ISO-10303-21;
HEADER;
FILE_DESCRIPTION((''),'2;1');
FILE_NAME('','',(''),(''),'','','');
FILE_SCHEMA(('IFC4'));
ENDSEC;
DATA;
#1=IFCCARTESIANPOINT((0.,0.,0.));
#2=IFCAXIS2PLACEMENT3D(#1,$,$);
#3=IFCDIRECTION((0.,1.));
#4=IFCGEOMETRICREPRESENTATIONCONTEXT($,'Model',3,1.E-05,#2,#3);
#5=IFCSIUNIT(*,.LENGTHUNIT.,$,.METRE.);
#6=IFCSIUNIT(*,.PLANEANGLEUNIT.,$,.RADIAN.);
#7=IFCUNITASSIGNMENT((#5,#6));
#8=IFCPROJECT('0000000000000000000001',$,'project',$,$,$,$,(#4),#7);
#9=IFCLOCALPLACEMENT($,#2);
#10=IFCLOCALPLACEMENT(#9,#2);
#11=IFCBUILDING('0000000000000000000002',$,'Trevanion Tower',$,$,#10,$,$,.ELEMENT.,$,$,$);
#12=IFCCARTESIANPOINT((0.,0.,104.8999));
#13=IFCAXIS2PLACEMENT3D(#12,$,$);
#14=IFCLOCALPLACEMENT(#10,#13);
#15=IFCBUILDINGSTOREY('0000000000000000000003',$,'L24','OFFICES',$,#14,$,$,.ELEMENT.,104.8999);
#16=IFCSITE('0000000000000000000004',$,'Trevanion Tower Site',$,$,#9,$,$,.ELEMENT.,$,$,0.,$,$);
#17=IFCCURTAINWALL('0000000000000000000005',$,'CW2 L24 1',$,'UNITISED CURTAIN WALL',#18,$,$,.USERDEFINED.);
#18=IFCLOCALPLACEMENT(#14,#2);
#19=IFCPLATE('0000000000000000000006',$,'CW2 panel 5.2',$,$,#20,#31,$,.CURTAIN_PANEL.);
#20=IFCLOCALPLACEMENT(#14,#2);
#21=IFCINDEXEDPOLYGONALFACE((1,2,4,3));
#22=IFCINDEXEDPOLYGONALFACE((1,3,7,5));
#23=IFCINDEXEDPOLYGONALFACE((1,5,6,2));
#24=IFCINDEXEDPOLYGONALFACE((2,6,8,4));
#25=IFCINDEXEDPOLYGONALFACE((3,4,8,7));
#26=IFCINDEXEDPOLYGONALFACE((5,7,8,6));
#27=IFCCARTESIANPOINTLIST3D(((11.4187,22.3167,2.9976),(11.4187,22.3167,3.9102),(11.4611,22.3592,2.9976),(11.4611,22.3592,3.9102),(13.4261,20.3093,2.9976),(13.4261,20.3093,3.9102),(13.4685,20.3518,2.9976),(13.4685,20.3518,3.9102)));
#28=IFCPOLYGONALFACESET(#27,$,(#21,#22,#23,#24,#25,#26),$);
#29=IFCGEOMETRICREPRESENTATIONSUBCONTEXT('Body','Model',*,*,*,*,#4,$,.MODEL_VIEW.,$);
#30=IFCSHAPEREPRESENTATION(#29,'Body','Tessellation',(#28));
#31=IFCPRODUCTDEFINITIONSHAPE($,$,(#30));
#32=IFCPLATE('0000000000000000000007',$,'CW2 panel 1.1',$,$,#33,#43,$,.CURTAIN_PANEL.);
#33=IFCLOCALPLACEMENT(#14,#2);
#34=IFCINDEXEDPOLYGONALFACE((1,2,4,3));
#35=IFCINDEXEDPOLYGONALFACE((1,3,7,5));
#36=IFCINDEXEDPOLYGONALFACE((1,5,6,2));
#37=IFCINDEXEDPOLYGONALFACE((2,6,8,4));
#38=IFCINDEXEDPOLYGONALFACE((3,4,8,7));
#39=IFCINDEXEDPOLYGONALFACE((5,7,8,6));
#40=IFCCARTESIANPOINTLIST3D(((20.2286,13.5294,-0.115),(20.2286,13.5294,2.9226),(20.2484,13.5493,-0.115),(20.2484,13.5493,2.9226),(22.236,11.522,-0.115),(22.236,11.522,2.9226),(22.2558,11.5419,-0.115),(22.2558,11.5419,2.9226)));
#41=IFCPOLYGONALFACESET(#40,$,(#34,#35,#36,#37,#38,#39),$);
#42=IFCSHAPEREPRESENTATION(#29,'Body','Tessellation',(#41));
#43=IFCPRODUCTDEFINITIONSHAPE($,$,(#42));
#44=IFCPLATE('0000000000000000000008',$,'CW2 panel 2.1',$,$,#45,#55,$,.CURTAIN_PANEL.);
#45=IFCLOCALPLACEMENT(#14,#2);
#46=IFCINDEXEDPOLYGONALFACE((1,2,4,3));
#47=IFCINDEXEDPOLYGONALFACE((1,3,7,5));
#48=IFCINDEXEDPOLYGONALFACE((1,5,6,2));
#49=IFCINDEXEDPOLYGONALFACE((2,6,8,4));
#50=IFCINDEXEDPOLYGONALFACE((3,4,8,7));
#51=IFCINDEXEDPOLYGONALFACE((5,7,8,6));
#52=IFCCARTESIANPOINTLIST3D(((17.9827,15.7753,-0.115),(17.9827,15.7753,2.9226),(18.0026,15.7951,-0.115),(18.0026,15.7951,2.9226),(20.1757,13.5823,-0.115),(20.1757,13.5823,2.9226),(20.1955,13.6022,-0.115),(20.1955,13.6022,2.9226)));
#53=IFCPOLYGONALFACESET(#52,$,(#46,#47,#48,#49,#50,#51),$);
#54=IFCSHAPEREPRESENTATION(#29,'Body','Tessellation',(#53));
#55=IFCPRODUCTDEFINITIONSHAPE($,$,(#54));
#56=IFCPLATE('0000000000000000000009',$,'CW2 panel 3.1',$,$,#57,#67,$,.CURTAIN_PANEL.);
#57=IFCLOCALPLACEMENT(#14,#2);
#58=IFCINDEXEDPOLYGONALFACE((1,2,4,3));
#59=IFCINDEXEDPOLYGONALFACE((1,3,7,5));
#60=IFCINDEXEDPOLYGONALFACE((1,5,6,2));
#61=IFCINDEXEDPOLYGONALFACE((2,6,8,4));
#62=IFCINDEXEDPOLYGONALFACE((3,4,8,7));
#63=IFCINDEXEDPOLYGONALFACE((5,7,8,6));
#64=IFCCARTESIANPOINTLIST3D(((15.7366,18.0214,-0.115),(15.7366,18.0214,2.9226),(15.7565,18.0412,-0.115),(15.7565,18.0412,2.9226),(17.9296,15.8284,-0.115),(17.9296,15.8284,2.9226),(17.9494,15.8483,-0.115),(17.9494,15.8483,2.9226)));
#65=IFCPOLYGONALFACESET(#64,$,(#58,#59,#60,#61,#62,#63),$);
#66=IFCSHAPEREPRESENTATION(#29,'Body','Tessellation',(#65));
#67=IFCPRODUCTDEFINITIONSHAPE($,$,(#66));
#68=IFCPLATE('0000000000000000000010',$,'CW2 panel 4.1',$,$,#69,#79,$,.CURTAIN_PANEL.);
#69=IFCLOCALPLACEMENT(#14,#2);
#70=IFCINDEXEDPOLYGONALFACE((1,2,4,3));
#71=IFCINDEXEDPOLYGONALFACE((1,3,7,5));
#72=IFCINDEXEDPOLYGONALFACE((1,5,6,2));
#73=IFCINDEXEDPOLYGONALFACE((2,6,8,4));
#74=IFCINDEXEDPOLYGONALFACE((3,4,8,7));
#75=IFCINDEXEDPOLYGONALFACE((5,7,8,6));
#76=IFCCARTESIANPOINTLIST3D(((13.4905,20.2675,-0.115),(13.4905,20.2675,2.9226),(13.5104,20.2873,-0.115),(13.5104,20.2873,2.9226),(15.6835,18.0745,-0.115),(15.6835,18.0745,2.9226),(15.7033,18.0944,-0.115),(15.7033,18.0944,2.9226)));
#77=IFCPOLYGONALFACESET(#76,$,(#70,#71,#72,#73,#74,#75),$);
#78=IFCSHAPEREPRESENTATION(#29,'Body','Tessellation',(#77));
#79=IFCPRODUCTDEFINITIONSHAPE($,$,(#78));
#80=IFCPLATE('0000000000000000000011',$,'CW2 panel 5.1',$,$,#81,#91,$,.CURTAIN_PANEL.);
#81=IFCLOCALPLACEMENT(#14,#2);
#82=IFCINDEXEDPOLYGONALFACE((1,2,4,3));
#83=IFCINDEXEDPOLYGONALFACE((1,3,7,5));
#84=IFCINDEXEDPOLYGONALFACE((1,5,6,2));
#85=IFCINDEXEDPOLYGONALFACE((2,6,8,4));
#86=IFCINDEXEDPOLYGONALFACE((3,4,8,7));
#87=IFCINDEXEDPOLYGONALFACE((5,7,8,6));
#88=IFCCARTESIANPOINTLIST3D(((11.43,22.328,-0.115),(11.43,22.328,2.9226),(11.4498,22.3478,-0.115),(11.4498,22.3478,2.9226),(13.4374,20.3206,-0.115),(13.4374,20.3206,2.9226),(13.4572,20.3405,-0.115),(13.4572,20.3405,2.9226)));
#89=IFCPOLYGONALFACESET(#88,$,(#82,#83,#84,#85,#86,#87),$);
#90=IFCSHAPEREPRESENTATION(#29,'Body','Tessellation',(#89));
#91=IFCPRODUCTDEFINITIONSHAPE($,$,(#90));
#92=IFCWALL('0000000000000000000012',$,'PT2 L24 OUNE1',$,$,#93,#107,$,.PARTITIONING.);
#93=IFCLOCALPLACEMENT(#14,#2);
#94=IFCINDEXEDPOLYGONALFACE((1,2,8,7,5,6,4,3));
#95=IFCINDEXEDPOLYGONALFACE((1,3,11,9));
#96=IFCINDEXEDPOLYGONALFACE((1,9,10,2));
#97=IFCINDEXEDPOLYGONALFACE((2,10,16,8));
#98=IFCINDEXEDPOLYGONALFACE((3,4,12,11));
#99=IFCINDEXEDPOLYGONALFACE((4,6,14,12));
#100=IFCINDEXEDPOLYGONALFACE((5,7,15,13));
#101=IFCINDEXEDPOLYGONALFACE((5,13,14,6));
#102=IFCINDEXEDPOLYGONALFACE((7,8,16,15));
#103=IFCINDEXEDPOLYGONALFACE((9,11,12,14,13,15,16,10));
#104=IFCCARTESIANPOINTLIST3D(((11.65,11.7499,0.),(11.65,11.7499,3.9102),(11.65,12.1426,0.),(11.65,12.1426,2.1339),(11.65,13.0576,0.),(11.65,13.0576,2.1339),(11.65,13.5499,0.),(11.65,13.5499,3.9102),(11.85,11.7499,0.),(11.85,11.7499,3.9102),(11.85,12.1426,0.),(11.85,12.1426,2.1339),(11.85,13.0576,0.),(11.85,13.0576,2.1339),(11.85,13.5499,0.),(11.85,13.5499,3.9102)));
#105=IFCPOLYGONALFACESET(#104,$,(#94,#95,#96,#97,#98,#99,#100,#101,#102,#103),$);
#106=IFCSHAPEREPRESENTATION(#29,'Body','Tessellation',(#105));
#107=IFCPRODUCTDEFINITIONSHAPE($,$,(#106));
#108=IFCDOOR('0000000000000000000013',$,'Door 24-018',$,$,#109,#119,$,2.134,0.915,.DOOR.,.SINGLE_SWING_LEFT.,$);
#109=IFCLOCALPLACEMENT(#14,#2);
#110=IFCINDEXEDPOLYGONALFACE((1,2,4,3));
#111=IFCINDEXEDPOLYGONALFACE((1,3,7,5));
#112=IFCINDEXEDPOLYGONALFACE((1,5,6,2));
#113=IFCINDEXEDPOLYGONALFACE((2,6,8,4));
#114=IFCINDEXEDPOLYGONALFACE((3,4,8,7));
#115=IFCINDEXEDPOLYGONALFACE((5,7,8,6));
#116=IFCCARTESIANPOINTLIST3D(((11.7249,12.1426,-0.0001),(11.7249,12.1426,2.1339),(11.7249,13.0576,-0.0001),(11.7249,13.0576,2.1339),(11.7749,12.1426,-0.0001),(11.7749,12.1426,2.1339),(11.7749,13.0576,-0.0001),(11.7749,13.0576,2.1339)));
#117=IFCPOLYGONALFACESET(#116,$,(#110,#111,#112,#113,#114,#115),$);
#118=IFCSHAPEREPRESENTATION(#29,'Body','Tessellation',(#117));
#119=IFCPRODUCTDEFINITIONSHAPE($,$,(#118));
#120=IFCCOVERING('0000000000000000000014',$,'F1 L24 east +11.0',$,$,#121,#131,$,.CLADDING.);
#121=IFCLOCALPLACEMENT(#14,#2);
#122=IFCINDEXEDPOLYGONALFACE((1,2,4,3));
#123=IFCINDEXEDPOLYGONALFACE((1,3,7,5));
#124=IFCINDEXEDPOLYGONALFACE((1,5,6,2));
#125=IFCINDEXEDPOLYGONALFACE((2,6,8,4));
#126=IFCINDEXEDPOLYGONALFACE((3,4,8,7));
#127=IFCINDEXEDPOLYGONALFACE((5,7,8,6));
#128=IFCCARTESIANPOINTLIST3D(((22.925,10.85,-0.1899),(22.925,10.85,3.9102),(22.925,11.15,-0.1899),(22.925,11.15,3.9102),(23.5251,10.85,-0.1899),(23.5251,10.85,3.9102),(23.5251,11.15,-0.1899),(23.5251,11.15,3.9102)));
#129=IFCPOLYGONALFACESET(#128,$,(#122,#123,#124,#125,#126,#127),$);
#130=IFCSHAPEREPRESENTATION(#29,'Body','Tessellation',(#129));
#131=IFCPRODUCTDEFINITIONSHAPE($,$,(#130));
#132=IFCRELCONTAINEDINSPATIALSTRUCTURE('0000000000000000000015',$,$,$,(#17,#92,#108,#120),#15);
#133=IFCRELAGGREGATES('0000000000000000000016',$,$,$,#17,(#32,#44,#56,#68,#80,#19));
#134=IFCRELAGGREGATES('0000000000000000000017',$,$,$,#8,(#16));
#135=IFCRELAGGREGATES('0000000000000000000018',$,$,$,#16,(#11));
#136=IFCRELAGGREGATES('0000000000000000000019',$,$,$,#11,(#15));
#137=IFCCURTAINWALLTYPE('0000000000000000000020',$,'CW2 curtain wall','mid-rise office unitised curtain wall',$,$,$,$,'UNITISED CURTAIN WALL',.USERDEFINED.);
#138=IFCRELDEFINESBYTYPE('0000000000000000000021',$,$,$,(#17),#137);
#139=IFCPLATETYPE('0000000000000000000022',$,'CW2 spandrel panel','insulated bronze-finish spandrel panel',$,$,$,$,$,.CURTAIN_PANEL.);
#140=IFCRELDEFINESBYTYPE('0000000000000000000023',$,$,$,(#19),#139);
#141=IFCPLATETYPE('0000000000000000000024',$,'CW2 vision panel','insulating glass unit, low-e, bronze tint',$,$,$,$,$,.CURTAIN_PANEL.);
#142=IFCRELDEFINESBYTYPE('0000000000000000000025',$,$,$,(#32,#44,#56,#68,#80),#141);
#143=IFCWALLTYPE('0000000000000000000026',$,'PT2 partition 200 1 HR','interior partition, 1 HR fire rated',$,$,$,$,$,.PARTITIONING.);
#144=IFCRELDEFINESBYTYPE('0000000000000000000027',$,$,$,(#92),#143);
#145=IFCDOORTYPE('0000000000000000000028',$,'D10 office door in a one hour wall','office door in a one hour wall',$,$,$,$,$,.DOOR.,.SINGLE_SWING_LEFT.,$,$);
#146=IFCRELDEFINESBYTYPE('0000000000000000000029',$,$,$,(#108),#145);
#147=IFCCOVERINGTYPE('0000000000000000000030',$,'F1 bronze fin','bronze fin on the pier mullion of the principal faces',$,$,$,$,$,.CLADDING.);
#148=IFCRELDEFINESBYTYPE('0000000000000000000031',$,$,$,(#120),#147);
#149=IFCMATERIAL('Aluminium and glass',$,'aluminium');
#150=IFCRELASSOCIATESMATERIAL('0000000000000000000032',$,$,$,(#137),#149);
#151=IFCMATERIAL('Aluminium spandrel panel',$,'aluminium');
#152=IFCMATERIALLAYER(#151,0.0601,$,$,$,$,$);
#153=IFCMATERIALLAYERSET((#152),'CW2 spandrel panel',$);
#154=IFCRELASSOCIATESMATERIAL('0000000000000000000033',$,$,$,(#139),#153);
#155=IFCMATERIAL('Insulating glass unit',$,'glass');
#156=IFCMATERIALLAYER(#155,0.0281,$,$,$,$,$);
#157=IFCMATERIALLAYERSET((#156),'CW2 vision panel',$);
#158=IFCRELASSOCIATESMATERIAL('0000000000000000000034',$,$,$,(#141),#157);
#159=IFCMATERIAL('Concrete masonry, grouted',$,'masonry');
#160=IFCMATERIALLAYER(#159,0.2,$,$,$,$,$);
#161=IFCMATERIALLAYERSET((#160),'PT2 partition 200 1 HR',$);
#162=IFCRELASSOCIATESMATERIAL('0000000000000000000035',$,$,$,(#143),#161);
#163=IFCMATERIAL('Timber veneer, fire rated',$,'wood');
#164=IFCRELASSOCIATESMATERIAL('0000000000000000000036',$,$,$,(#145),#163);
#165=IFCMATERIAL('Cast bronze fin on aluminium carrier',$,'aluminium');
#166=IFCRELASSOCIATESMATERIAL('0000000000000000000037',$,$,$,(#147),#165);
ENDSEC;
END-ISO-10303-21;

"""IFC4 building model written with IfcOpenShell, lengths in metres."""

from ifc_helpers import new_model, si_unit, direction, frame, frame_2d, origin, origin_2d, place, context, subcontext, project, spatial, rectangle, extrude, material, layer, layer_set, type_object, element, fill, aggregate, save


model = new_model("IFC4")

# Units and contexts
model_context = context("Model", 3, precision=1e-05, world=origin(), true_north=direction((0.0, 1.0)))
body_context = subcontext(model_context, "Body", "Model", "MODEL_VIEW")
ifc_project = project(units=[si_unit("LENGTHUNIT", "METRE"), si_unit("PLANEANGLEUNIT", "RADIAN")], contexts=[model_context])

# Site, building, storey
site_placement = place(None, origin())
site = spatial("IfcSite", under=ifc_project, at=site_placement, Name="Trevanion Tower Site", CompositionType="ELEMENT", RefElevation=0.0)
building_placement = place(site_placement, origin())
building = spatial("IfcBuilding", under=site, at=building_placement, Name="Trevanion Tower", CompositionType="ELEMENT")
storey_placement = place(building_placement, frame((0.0, 0.0, 104.8999)))
storey = spatial("IfcBuildingStorey", under=building, at=storey_placement, Name="L24", Description="OFFICES", CompositionType="ELEMENT", Elevation=104.8999)

# Curtain wall
ifc_material_1 = material(Name="Aluminium and glass", Category="aluminium")
curtain_wall_type = type_object("IfcCurtainWallType", Name="CW2 curtain wall", Description="mid-rise office unitised curtain wall", ElementType="UNITISED CURTAIN WALL", PredefinedType="USERDEFINED", material=ifc_material_1)
curtain_wall_1_placement = place(storey_placement, origin())
curtain_wall_1 = element("IfcCurtainWall", 1, at=curtain_wall_1_placement, inside=storey, type_object=curtain_wall_type, Name="CW2 L24 1", ObjectType="UNITISED CURTAIN WALL", PredefinedType="USERDEFINED")

# Plates
ifc_material_2 = material(Name="Aluminium spandrel panel", Category="aluminium")
ifc_layer_1 = layer(ifc_material_2, 0.0601)
ifc_layer_set_1 = layer_set([ifc_layer_1], Name="CW2 spandrel panel")
plate_type_1 = type_object("IfcPlateType", Name="CW2 spandrel panel", Description="insulated bronze-finish spandrel panel", PredefinedType="CURTAIN_PANEL", material=ifc_layer_set_1)
plate_1_placement = place(storey_placement, frame((12.4436, 21.3342, 2.9976), z_axis=(0.0, 0.0, 1.0), x_axis=(-0.707107, 0.707107, 0.0)))
plate_1 = element("IfcPlate", 2, at=plate_1_placement, type_object=plate_type_1, Name="CW2 panel 5.2", PredefinedType="CURTAIN_PANEL", context=body_context, shape_type="SweptSolid", body=[
    extrude(rectangle(XDim=2.8389, YDim=0.0601, at=origin_2d()), origin(), (0.0, 0.0, 1.0), 0.9126),
])
ifc_material_3 = material(Name="Insulating glass unit", Category="glass")
ifc_layer_2 = layer(ifc_material_3, 0.0281)
ifc_layer_set_2 = layer_set([ifc_layer_2], Name="CW2 vision panel")
plate_type_2 = type_object("IfcPlateType", Name="CW2 vision panel", Description="insulating glass unit, low-e, bronze tint", PredefinedType="CURTAIN_PANEL", material=ifc_layer_set_2)
plate_2_placement = place(storey_placement, frame((21.2422, 12.5356, -0.115), z_axis=(0.0, 0.0, 1.0), x_axis=(-0.707107, 0.707107, 0.0)))
plate_2 = element("IfcPlate", 3, at=plate_2_placement, type_object=plate_type_2, Name="CW2 panel 1.1", PredefinedType="CURTAIN_PANEL", context=body_context, shape_type="SweptSolid", body=[
    extrude(rectangle(XDim=2.8389, YDim=0.0281, at=origin_2d()), origin(), (0.0, 0.0, 1.0), 3.0376),
])
plate_3_placement = place(storey_placement, frame((19.0891, 14.6887, -0.115), z_axis=(0.0, 0.0, 1.0), x_axis=(-0.707107, 0.707107, 0.0)))
plate_3 = element("IfcPlate", 4, at=plate_3_placement, type_object=plate_type_2, Name="CW2 panel 2.1", PredefinedType="CURTAIN_PANEL", context=body_context, shape_type="SweptSolid", body=[
    extrude(rectangle(XDim=3.1013, YDim=0.0281, at=origin_2d()), origin(), (0.0, 0.0, 1.0), 3.0376),
])
plate_4_placement = place(storey_placement, frame((16.843, 16.9348, -0.115), z_axis=(0.0, 0.0, 1.0), x_axis=(-0.707107, 0.707107, 0.0)))
plate_4 = element("IfcPlate", 5, at=plate_4_placement, type_object=plate_type_2, Name="CW2 panel 3.1", PredefinedType="CURTAIN_PANEL", context=body_context, shape_type="SweptSolid", body=[
    extrude(rectangle(XDim=3.1013, YDim=0.0281, at=origin_2d()), origin(), (0.0, 0.0, 1.0), 3.0376),
])
plate_5_placement = place(storey_placement, frame((14.5969, 19.1809, -0.115), z_axis=(0.0, 0.0, 1.0), x_axis=(-0.707107, 0.707107, 0.0)))
plate_5 = element("IfcPlate", 6, at=plate_5_placement, type_object=plate_type_2, Name="CW2 panel 4.1", PredefinedType="CURTAIN_PANEL", context=body_context, shape_type="SweptSolid", body=[
    extrude(rectangle(XDim=3.1013, YDim=0.0281, at=origin_2d()), origin(), (0.0, 0.0, 1.0), 3.0376),
])
plate_6_placement = place(storey_placement, frame((12.4436, 21.3342, -0.115), z_axis=(0.0, 0.0, 1.0), x_axis=(-0.707107, 0.707107, 0.0)))
plate_6 = element("IfcPlate", 7, at=plate_6_placement, type_object=plate_type_2, Name="CW2 panel 5.1", PredefinedType="CURTAIN_PANEL", context=body_context, shape_type="SweptSolid", body=[
    extrude(rectangle(XDim=2.8389, YDim=0.0281, at=origin_2d()), origin(), (0.0, 0.0, 1.0), 3.0376),
])
aggregate(curtain_wall_1, [plate_2, plate_3, plate_4, plate_5, plate_6, plate_1])

# Wall, opening, door
ifc_material_4 = material(Name="Concrete masonry, grouted", Category="masonry")
ifc_layer_3 = layer(ifc_material_4, 0.2)
ifc_layer_set_3 = layer_set([ifc_layer_3], Name="PT2 partition 200 1 HR")
wall_type = type_object("IfcWallType", Name="PT2 partition 200 1 HR", Description="interior partition, 1 HR fire rated", PredefinedType="PARTITIONING", material=ifc_layer_set_3)
wall_placement = place(storey_placement, frame((11.75, 11.75, 0.0), z_axis=(0.0, 0.0, 1.0), x_axis=(0.0, 1.0, 0.0)))
wall = element("IfcWall", 8, at=wall_placement, inside=storey, type_object=wall_type, Name="PT2 L24 OUNE1", PredefinedType="PARTITIONING", context=body_context, shape_type="SweptSolid", body=[
    extrude(rectangle(XDim=1.8, YDim=0.2, at=frame_2d((0.8999, 0.0))), origin(), (0.0, 0.0, 1.0), 3.9102),
])
opening_placement = place(wall_placement, frame((0.3926, 0.0, 0.0)))
opening = element("IfcOpeningElement", 9, at=opening_placement, cuts=wall, PredefinedType="OPENING", context=body_context, shape_type="SweptSolid", body=[
    extrude(rectangle(XDim=0.915, YDim=2.134, at=frame_2d((0.4575, 1.0669))), frame((0.0, 0.1099, 0.0), z_axis=(0.0, -1.0, 0.0), x_axis=(1.0, 0.0, 0.0)), (0.0, 0.0, 1.0), 0.22),
])
ifc_material_5 = material(Name="Timber veneer, fire rated", Category="wood")
door_type = type_object("IfcDoorType", Name="D10 office door in a one hour wall", Description="office door in a one hour wall", OperationType="SINGLE_SWING_LEFT", PredefinedType="DOOR", material=ifc_material_5)
door_placement = place(opening_placement, frame((0.915, 0.0, 0.0), z_axis=(0.0, 0.0, 1.0), x_axis=(-1.0, 0.0, 0.0)))
door = element("IfcDoor", 10, at=door_placement, inside=storey, type_object=door_type, Name="Door 24-018", OperationType="SINGLE_SWING_LEFT", OverallHeight=2.134, OverallWidth=0.915, PredefinedType="DOOR", context=body_context, shape_type="SweptSolid", body=[
    extrude(rectangle(XDim=0.915, YDim=2.134, at=frame_2d((0.4575, 1.0669))), frame((0.0, 0.0249, 0.0), z_axis=(0.0, -1.0, 0.0), x_axis=(1.0, 0.0, 0.0)), (0.0, 0.0, 1.0), 0.05),
])
fill(opening, door)

# Covering
ifc_material_6 = material(Name="Cast bronze fin on aluminium carrier", Category="aluminium")
covering_type = type_object("IfcCoveringType", Name="F1 bronze fin", Description="bronze fin on the pier mullion of the principal faces", PredefinedType="CLADDING", material=ifc_material_6)
covering_placement = place(storey_placement, frame((23.2251, 11.0, -0.1899), z_axis=(0.0, 0.0, 1.0), x_axis=(0.0, 1.0, 0.0)))
element("IfcCovering", 11, at=covering_placement, inside=storey, type_object=covering_type, Name="F1 L24 east +11.0", PredefinedType="CLADDING", context=body_context, shape_type="SweptSolid", body=[
    extrude(rectangle(XDim=0.3, YDim=0.6001, at=origin_2d()), origin(), (0.0, 0.0, 1.0), 4.1001),
])

save(model, "model.ifc")
